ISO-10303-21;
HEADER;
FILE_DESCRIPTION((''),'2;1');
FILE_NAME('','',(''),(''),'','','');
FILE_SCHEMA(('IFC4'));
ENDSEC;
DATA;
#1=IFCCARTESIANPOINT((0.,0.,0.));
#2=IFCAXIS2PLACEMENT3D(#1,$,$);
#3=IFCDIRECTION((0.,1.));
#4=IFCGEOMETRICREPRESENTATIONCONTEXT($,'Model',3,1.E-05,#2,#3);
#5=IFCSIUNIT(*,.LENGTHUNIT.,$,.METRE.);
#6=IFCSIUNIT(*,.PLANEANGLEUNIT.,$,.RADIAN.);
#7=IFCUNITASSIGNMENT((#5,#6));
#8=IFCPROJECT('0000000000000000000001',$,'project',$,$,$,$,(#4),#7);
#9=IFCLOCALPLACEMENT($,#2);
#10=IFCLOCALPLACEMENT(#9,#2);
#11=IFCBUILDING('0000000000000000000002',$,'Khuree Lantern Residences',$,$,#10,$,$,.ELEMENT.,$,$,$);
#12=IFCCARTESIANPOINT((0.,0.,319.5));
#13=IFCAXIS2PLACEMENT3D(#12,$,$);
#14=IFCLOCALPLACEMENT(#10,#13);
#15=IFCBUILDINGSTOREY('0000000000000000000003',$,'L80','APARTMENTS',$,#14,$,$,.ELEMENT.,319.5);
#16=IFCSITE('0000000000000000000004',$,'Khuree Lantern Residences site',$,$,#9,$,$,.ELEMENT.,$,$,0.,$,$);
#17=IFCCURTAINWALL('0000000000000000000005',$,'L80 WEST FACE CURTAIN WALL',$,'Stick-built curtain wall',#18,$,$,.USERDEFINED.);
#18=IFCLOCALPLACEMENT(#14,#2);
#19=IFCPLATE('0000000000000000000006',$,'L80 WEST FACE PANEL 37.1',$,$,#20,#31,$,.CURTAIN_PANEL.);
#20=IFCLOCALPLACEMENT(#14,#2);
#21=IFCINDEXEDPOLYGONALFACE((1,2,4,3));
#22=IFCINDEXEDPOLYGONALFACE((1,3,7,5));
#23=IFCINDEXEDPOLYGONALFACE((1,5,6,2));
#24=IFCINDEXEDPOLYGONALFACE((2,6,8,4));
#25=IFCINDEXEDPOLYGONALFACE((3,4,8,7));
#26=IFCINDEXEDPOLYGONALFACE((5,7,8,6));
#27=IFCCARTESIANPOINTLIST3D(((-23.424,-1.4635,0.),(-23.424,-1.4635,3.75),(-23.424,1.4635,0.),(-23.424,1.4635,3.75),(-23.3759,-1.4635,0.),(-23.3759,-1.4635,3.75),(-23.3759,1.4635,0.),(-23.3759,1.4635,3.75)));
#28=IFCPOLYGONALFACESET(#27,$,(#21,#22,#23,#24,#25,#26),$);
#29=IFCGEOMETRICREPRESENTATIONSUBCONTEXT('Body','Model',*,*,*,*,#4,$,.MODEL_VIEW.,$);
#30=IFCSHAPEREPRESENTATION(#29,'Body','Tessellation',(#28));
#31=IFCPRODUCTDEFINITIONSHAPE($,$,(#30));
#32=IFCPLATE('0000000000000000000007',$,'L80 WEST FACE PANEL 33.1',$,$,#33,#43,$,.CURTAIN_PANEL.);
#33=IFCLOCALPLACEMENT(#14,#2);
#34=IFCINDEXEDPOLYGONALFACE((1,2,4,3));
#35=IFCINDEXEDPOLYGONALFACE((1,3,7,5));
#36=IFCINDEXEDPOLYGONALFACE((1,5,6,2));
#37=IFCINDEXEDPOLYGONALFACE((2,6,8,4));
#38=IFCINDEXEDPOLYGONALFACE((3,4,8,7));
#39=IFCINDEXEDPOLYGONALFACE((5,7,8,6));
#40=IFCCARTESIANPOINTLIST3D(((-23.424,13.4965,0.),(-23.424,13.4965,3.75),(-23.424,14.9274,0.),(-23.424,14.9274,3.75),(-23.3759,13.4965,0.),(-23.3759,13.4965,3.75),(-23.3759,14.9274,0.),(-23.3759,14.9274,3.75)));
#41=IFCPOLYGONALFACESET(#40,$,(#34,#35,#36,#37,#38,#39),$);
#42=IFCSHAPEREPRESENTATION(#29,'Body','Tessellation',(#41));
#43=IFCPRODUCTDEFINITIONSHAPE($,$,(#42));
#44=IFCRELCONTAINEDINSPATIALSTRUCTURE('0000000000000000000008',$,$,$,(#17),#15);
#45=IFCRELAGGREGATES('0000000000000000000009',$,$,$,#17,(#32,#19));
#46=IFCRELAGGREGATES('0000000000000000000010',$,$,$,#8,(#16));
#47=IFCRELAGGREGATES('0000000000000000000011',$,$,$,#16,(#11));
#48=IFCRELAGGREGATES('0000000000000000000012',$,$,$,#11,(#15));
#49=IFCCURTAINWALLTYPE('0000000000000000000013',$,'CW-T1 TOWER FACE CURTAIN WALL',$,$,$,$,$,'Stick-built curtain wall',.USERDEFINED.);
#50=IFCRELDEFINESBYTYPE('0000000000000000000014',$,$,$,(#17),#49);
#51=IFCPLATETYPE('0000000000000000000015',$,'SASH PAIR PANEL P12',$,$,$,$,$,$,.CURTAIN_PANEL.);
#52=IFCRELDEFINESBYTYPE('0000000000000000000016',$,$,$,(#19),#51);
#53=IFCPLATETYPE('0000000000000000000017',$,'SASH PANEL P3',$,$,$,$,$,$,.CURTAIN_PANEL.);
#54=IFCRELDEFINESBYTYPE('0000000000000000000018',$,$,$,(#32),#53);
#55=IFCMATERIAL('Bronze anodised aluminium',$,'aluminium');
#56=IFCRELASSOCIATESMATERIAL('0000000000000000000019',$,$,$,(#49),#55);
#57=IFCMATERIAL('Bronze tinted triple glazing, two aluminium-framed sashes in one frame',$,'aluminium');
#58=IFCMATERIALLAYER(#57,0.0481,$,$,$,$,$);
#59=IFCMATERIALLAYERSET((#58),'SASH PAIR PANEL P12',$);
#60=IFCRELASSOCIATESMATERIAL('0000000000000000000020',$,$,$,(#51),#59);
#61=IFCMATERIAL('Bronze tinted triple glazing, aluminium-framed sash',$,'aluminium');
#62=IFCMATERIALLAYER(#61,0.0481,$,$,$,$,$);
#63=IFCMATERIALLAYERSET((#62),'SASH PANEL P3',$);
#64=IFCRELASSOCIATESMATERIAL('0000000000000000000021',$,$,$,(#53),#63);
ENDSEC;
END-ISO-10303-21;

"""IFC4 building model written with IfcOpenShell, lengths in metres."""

from ifc_helpers import new_model, si_unit, direction, frame, origin, origin_2d, place, context, subcontext, project, spatial, rectangle, extrude, material, layer, layer_set, type_object, element, aggregate, save


model = new_model("IFC4")

# Units and contexts
model_context = context("Model", 3, precision=1e-05, world=origin(), true_north=direction((0.0, 1.0)))
body_context = subcontext(model_context, "Body", "Model", "MODEL_VIEW")
ifc_project = project(units=[si_unit("LENGTHUNIT", "METRE"), si_unit("PLANEANGLEUNIT", "RADIAN")], contexts=[model_context])

# Site, building, storey
site_placement = place(None, origin())
site = spatial("IfcSite", under=ifc_project, at=site_placement, Name="Khuree Lantern Residences site", CompositionType="ELEMENT", RefElevation=0.0)
building_placement = place(site_placement, origin())
building = spatial("IfcBuilding", under=site, at=building_placement, Name="Khuree Lantern Residences", CompositionType="ELEMENT")
storey_placement = place(building_placement, frame((0.0, 0.0, 319.5)))
storey = spatial("IfcBuildingStorey", under=building, at=storey_placement, Name="L80", Description="APARTMENTS", CompositionType="ELEMENT", Elevation=319.5)

# Curtain wall
ifc_material_1 = material(Name="Bronze anodised aluminium", Category="aluminium")
curtain_wall_type = type_object("IfcCurtainWallType", Name="CW-T1 TOWER FACE CURTAIN WALL", ElementType="Stick-built curtain wall", PredefinedType="USERDEFINED", material=ifc_material_1)
curtain_wall_placement = place(storey_placement, origin())
curtain_wall = element("IfcCurtainWall", 1, at=curtain_wall_placement, inside=storey, type_object=curtain_wall_type, Name="L80 WEST FACE CURTAIN WALL", ObjectType="Stick-built curtain wall", PredefinedType="USERDEFINED")

# Plates
ifc_material_2 = material(Name="Bronze tinted triple glazing, two aluminium-framed sashes in one frame", Category="aluminium")
ifc_layer_1 = layer(ifc_material_2, 0.0481)
ifc_layer_set_1 = layer_set([ifc_layer_1], Name="SASH PAIR PANEL P12")
plate_type_1 = type_object("IfcPlateType", Name="SASH PAIR PANEL P12", PredefinedType="CURTAIN_PANEL", material=ifc_layer_set_1)
plate_1_placement = place(storey_placement, frame((-23.3999, 0.0, 0.0), z_axis=(0.0, 0.0, 1.0), x_axis=(0.0, -1.0, 0.0)))
plate_1 = element("IfcPlate", 2, at=plate_1_placement, type_object=plate_type_1, Name="L80 WEST FACE PANEL 37.1", PredefinedType="CURTAIN_PANEL", context=body_context, shape_type="SweptSolid", body=[
    extrude(rectangle(XDim=2.927, YDim=0.0481, at=origin_2d()), origin(), (0.0, 0.0, 1.0), 3.75),
])
ifc_material_3 = material(Name="Bronze tinted triple glazing, aluminium-framed sash", Category="aluminium")
ifc_layer_2 = layer(ifc_material_3, 0.0481)
ifc_layer_set_2 = layer_set([ifc_layer_2], Name="SASH PANEL P3")
plate_type_2 = type_object("IfcPlateType", Name="SASH PANEL P3", PredefinedType="CURTAIN_PANEL", material=ifc_layer_set_2)
plate_2_placement = place(storey_placement, frame((-23.3999, 14.2119, 0.0), z_axis=(0.0, 0.0, 1.0), x_axis=(0.0, -1.0, 0.0)))
plate_2 = element("IfcPlate", 3, at=plate_2_placement, type_object=plate_type_2, Name="L80 WEST FACE PANEL 33.1", PredefinedType="CURTAIN_PANEL", context=body_context, shape_type="SweptSolid", body=[
    extrude(rectangle(XDim=1.4309, YDim=0.0481, at=origin_2d()), origin(), (0.0, 0.0, 1.0), 3.75),
])
aggregate(curtain_wall, [plate_2, plate_1])

save(model, "model.ifc")
